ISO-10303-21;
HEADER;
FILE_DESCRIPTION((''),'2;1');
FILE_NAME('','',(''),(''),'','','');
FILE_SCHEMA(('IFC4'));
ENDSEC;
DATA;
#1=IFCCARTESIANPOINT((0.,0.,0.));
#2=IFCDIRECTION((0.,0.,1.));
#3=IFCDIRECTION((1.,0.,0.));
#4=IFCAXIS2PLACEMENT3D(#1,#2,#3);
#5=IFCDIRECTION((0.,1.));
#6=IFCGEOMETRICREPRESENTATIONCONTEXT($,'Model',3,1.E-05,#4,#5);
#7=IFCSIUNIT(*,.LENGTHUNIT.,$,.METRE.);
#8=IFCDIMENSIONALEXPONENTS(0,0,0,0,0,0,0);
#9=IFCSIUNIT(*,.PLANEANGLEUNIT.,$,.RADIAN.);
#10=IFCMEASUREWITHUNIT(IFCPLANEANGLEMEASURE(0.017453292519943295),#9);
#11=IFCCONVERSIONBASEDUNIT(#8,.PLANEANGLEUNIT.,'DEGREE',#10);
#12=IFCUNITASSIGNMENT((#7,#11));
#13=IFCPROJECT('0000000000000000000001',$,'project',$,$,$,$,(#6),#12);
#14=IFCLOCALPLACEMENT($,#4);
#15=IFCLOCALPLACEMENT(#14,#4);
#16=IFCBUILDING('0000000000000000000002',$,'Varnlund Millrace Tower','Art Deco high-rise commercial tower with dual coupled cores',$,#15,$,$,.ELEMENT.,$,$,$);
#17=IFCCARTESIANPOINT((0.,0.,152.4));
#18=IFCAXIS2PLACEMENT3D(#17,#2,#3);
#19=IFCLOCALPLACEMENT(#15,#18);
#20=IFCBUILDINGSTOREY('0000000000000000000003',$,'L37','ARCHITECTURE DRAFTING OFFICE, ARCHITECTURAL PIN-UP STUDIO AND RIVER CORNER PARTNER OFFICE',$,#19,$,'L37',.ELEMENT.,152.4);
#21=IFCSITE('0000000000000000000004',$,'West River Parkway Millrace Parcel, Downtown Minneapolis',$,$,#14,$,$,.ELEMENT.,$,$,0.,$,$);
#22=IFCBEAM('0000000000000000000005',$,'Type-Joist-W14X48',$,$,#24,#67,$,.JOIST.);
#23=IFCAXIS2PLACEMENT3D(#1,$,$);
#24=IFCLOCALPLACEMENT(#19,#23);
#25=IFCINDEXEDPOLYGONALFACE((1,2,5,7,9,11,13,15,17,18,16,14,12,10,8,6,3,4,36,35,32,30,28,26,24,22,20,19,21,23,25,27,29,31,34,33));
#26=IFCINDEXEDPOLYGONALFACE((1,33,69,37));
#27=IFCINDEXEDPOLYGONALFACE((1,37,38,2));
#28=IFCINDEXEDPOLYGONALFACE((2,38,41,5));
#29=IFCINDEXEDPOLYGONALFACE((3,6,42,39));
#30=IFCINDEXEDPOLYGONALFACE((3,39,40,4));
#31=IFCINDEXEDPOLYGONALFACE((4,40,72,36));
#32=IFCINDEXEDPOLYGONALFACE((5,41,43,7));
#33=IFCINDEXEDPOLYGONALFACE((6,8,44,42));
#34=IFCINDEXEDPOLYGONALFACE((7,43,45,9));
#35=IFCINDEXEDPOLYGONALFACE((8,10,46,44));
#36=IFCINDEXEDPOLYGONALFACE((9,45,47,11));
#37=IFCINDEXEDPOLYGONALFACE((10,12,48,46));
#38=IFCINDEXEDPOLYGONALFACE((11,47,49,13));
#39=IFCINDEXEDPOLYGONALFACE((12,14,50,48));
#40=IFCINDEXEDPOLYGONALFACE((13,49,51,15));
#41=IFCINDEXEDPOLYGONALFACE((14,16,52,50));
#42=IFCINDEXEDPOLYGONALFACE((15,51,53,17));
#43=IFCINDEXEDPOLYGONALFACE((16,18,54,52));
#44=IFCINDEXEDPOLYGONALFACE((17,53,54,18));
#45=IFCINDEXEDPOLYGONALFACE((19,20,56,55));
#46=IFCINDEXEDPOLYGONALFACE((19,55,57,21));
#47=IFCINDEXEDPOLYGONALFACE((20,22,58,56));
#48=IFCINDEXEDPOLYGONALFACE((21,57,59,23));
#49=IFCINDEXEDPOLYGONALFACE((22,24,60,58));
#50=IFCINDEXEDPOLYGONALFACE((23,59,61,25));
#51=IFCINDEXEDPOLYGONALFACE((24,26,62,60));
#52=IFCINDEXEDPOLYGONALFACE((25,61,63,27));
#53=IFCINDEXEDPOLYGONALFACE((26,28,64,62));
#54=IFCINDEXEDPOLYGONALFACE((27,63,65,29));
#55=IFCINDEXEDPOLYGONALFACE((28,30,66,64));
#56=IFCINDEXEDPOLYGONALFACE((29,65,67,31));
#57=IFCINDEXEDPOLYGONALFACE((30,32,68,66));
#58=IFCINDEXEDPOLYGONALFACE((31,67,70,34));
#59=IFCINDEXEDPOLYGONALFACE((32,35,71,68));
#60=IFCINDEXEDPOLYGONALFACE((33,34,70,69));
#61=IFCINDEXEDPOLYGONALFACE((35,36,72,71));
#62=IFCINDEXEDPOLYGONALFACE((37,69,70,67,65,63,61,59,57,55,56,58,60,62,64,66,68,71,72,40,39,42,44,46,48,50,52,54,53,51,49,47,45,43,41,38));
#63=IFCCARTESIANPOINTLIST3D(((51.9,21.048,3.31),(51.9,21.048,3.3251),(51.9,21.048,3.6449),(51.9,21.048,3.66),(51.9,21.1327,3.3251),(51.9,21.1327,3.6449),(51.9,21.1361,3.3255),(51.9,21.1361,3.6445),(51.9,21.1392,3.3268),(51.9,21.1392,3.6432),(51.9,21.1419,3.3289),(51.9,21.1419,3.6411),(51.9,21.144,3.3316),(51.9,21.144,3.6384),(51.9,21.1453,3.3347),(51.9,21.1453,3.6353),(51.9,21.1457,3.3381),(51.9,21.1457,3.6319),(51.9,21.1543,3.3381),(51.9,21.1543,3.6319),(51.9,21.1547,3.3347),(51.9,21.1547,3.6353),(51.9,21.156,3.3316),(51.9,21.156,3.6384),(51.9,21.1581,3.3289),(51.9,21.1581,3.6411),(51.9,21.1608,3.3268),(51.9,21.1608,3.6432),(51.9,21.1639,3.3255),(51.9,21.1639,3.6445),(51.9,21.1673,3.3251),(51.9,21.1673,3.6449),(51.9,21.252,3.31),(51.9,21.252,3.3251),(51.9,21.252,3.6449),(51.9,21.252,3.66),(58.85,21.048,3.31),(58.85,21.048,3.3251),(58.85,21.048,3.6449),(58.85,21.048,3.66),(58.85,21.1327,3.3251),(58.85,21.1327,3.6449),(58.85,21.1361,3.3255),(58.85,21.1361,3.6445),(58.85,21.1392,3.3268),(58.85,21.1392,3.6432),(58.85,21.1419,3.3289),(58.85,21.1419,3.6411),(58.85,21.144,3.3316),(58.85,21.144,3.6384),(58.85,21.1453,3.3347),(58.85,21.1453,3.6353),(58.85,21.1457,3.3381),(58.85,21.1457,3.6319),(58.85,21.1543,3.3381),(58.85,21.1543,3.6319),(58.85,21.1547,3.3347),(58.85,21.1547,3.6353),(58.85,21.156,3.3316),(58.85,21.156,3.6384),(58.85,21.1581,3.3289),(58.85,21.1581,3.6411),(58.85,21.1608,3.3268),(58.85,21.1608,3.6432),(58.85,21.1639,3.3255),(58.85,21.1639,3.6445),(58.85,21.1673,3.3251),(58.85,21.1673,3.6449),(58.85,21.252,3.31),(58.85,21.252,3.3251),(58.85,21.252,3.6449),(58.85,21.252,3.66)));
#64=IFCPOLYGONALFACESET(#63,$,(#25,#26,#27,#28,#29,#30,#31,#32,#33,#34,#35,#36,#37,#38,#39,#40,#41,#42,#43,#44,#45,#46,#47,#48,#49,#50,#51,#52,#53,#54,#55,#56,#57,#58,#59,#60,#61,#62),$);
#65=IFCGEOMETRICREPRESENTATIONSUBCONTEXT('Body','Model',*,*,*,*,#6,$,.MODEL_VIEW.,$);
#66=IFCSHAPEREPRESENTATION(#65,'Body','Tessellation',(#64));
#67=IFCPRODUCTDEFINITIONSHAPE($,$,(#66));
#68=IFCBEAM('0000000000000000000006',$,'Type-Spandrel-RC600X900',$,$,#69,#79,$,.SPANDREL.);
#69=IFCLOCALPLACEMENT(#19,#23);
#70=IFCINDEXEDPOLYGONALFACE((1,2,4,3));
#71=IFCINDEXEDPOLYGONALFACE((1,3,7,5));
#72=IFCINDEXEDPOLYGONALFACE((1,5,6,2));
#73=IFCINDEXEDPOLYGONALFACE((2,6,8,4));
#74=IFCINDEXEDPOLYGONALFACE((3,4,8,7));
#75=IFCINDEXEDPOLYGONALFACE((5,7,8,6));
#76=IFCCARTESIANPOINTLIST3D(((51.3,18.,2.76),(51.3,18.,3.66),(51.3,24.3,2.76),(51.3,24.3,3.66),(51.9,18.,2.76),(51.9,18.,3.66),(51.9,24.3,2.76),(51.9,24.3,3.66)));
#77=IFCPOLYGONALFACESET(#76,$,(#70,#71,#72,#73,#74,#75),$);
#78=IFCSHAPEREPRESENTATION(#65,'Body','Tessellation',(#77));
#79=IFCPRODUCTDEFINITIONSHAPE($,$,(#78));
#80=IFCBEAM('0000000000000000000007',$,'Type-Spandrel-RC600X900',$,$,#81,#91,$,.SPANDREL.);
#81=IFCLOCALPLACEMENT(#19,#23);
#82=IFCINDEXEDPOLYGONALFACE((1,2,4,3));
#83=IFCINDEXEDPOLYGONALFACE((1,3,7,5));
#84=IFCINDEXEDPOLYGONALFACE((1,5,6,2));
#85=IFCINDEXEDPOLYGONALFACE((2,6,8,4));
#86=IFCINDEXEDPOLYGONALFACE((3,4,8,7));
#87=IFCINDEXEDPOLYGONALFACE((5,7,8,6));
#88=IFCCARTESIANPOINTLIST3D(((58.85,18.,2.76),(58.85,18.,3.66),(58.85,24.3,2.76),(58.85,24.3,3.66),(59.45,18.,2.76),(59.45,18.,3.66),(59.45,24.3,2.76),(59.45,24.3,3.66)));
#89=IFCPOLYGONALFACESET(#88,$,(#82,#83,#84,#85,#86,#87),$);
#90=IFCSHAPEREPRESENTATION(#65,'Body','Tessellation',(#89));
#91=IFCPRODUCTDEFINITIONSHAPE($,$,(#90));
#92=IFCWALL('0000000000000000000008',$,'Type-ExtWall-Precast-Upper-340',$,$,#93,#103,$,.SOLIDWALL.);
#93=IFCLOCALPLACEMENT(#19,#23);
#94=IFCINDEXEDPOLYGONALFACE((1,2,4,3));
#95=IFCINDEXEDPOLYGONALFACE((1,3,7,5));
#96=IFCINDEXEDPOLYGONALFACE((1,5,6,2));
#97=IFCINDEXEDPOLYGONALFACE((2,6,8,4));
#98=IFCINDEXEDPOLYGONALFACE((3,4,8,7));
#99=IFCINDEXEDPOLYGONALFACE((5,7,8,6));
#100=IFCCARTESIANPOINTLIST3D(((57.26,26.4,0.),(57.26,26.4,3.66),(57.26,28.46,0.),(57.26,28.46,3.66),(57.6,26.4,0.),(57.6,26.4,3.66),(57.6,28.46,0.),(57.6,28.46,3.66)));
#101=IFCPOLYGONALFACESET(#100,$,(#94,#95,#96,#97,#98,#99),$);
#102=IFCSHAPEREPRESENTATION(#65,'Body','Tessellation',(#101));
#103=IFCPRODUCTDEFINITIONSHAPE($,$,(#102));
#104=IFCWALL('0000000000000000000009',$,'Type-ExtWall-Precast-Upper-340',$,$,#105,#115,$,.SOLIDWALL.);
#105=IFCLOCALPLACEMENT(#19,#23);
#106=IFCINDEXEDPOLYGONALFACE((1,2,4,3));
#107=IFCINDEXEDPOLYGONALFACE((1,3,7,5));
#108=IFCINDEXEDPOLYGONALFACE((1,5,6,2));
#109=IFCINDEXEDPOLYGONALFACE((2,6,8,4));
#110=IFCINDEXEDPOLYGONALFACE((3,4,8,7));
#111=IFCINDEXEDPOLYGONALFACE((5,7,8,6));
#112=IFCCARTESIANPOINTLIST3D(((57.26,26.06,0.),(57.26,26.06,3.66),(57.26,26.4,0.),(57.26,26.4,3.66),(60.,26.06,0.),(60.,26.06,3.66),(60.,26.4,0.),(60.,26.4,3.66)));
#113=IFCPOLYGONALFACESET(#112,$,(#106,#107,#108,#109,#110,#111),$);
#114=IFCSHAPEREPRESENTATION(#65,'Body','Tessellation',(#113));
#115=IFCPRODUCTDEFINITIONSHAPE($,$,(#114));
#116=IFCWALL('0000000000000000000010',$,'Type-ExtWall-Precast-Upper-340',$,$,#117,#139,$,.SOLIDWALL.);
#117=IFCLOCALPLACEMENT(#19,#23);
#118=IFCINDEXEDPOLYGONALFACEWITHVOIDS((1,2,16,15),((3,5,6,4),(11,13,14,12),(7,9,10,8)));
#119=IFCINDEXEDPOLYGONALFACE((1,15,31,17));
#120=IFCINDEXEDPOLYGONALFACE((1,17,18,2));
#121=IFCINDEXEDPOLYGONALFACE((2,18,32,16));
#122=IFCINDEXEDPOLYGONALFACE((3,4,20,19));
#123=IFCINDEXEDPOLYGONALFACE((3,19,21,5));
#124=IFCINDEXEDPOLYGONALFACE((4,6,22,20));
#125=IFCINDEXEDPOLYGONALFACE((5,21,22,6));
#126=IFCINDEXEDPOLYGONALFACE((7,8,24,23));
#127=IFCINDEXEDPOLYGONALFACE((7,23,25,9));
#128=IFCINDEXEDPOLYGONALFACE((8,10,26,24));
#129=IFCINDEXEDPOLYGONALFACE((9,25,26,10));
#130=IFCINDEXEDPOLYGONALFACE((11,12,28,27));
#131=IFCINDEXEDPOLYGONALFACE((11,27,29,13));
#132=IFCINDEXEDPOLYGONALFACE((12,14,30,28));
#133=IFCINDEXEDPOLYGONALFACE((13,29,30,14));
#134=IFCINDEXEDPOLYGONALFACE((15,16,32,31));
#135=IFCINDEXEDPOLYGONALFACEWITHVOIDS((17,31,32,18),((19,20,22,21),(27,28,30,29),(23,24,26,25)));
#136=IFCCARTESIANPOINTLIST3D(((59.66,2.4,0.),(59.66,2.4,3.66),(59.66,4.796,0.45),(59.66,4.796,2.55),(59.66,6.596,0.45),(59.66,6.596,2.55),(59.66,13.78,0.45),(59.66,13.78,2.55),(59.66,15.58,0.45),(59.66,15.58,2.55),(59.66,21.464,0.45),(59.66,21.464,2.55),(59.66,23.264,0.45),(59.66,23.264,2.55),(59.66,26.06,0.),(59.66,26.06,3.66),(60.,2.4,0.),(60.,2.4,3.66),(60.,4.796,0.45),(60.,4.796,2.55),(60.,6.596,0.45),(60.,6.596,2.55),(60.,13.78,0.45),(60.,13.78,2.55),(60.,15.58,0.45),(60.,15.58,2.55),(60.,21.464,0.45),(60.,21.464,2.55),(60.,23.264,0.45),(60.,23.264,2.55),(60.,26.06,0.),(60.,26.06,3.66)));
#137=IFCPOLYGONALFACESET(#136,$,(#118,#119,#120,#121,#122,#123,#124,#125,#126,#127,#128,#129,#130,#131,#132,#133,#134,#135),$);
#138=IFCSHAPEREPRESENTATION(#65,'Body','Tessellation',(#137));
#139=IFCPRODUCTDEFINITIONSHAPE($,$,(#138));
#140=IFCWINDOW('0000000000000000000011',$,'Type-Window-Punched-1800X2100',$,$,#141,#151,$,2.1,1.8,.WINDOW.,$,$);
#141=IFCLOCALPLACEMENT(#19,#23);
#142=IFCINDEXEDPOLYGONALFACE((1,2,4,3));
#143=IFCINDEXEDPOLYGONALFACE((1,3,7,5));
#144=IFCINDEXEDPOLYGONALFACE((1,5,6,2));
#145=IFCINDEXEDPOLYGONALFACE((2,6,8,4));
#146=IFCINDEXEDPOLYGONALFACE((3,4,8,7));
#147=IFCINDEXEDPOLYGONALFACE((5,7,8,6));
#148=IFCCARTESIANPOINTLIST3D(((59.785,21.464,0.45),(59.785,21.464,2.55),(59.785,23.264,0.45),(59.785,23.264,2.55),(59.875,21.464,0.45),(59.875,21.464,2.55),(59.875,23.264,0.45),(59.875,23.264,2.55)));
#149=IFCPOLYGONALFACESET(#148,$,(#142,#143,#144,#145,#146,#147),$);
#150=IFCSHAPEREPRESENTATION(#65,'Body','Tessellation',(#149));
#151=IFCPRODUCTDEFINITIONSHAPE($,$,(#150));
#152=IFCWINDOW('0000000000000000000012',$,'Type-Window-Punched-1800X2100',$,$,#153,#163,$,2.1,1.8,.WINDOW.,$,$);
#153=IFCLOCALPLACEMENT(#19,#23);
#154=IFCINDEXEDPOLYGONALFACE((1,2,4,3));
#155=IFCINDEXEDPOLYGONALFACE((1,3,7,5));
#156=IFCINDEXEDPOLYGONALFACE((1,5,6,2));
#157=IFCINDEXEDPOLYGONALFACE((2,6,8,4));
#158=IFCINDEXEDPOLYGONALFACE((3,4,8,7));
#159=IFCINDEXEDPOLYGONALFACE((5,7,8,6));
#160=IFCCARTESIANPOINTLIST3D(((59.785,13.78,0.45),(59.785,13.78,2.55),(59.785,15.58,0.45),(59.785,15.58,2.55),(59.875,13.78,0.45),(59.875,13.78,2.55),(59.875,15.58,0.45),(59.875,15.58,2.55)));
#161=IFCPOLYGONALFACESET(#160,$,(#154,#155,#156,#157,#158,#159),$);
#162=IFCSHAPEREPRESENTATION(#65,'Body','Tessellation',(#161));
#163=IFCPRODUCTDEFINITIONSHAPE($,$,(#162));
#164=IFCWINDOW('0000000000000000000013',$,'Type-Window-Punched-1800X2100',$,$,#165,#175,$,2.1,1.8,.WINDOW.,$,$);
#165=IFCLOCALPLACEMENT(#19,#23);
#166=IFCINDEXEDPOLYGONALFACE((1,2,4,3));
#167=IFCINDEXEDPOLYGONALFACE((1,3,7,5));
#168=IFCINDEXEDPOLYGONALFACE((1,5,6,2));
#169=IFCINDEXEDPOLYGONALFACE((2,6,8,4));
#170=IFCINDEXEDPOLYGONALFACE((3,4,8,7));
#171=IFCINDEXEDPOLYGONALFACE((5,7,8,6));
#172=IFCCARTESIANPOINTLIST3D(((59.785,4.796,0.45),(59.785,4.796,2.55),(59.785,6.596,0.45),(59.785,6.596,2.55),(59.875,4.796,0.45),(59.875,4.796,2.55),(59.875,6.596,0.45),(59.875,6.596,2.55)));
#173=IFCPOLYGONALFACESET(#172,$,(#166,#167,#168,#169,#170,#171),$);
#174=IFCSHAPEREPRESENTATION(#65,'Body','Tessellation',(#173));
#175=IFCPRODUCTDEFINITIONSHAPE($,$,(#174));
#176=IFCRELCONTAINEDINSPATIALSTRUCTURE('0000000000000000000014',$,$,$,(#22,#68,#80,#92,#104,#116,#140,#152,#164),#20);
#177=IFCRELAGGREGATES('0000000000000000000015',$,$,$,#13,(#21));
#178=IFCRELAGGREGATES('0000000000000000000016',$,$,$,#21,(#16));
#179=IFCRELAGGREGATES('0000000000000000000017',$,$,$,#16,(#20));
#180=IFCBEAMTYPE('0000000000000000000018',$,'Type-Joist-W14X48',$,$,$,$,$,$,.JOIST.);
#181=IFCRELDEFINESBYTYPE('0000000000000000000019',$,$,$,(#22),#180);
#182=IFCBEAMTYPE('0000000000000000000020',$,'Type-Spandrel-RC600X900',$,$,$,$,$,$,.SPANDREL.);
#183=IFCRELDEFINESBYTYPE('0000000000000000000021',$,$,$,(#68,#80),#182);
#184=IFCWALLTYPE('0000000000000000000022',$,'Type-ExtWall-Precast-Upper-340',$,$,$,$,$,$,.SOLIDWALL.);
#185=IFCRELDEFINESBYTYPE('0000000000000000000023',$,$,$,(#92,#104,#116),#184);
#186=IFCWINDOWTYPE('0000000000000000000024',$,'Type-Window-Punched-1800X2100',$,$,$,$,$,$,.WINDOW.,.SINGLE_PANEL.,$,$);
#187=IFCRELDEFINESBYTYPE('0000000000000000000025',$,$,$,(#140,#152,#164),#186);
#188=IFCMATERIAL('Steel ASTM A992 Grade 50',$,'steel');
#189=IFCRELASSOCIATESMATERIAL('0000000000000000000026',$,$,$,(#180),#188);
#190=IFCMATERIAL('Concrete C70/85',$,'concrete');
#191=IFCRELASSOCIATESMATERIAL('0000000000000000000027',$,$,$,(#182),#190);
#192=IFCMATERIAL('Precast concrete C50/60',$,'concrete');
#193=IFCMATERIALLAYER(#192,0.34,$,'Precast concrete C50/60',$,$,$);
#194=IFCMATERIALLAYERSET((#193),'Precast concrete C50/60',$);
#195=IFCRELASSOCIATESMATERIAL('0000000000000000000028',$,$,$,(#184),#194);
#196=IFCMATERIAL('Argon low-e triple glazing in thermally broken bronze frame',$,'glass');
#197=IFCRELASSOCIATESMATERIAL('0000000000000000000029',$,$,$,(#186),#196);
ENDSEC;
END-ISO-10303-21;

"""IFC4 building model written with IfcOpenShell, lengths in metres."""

from ifc_helpers import new_model, entity, si_unit, converted_unit, direction, frame, origin_with_axes, origin_2d_with_axis, place, context, subcontext, project, spatial, polyline, rectangle, i_section, outline, extrude, material, layer, layer_set, material_profile, profile_set, type_object, element, fill, save


model = new_model("IFC4")

# Units and contexts
model_context = context("Model", 3, precision=1e-05, world=origin_with_axes(), true_north=direction((0.0, 1.0)))
body_context = subcontext(model_context, "Body", "Model", "MODEL_VIEW")
ifc_project = project(units=[si_unit("LENGTHUNIT", "METRE"), converted_unit("PLANEANGLEUNIT", "DEGREE", entity("IfcPlaneAngleMeasure", 0.017453292519943295), si_unit("PLANEANGLEUNIT", "RADIAN"), dimensions=[0, 0, 0, 0, 0, 0, 0])], contexts=[model_context])

# Site, building, storey
site_placement = place(None, origin_with_axes())
site = spatial("IfcSite", under=ifc_project, at=site_placement, Name="West River Parkway Millrace Parcel, Downtown Minneapolis", CompositionType="ELEMENT", RefElevation=0.0)
building_placement = place(site_placement, origin_with_axes())
building = spatial("IfcBuilding", under=site, at=building_placement, Name="Varnlund Millrace Tower", Description="Art Deco high-rise commercial tower with dual coupled cores", CompositionType="ELEMENT")
storey_placement = place(building_placement, frame((0.0, 0.0, 152.4), z_axis=(0.0, 0.0, 1.0), x_axis=(1.0, 0.0, 0.0)))
storey = spatial("IfcBuildingStorey", under=building, at=storey_placement, Name="L37", Description="ARCHITECTURE DRAFTING OFFICE, ARCHITECTURAL PIN-UP STUDIO AND RIVER CORNER PARTNER OFFICE", LongName="L37", CompositionType="ELEMENT", Elevation=152.4)

# Beams
ifc_material_1 = material(Name="Steel ASTM A992 Grade 50", Category="steel")
ifc_material_profile_1 = material_profile(ifc_material_1, i_section(OverallWidth=0.204, OverallDepth=0.35, WebThickness=0.0086, FlangeThickness=0.0151, FilletRadius=0.013, at=origin_2d_with_axis()), Name="Steel ASTM A992 Grade 50")
ifc_profile_set_1 = profile_set([ifc_material_profile_1], Name="Steel ASTM A992 Grade 50")
beam_type_1 = type_object("IfcBeamType", Name="Type-Joist-W14X48", PredefinedType="JOIST", material=ifc_profile_set_1)
for number, where, z_axis, x_axis, name in (
    (1, (51.9, 21.15, 3.485), (1.0, 0.0, 0.0), (0.0, 1.0, 0.0), "Type-Joist-W14X48"),
):
    element("IfcBeam", number, at=place(storey_placement, frame(where, z_axis=z_axis, x_axis=x_axis)), inside=storey, type_object=beam_type_1, Name=name, PredefinedType="JOIST", context=body_context, shape_type="SweptSolid", body=[
        extrude(i_section(OverallWidth=0.204, OverallDepth=0.35, WebThickness=0.0086, FlangeThickness=0.0151, FilletRadius=0.013, at=origin_2d_with_axis()), origin_with_axes(), (0.0, 0.0, 1.0), 6.95),
    ])
ifc_material_2 = material(Name="Concrete C70/85", Category="concrete")
ifc_material_profile_2 = material_profile(ifc_material_2, rectangle(XDim=0.6, YDim=0.9, at=origin_2d_with_axis()), Name="Concrete C70/85")
ifc_profile_set_2 = profile_set([ifc_material_profile_2], Name="Concrete C70/85")
beam_type_2 = type_object("IfcBeamType", Name="Type-Spandrel-RC600X900", PredefinedType="SPANDREL", material=ifc_profile_set_2)
for number, where, z_axis, x_axis, name in (
    (2, (51.6, 18.0, 3.21), (0.0, 1.0, 0.0), (-1.0, 0.0, 0.0), "Type-Spandrel-RC600X900"),
    (3, (59.15, 18.0, 3.21), (0.0, 1.0, 0.0), (-1.0, 0.0, 0.0), "Type-Spandrel-RC600X900"),
):
    element("IfcBeam", number, at=place(storey_placement, frame(where, z_axis=z_axis, x_axis=x_axis)), inside=storey, type_object=beam_type_2, Name=name, PredefinedType="SPANDREL", context=body_context, shape_type="SweptSolid", body=[
        extrude(rectangle(XDim=0.6, YDim=0.9, at=origin_2d_with_axis()), origin_with_axes(), (0.0, 0.0, 1.0), 6.3),
    ])

# Walls
ifc_material_3 = material(Name="Precast concrete C50/60", Category="concrete")
ifc_layer_1 = layer(ifc_material_3, 0.34, Name="Precast concrete C50/60")
ifc_layer_set_1 = layer_set([ifc_layer_1], Name="Precast concrete C50/60")
wall_type_1 = type_object("IfcWallType", Name="Type-ExtWall-Precast-Upper-340", PredefinedType="SOLIDWALL", material=ifc_layer_set_1)
wall_1_placement = place(storey_placement, frame((57.43, 28.46, 0.0), z_axis=(0.0, 0.0, 1.0), x_axis=(0.0, -1.0, 0.0)))
element("IfcWall", 4, at=wall_1_placement, inside=storey, type_object=wall_type_1, Name="Type-ExtWall-Precast-Upper-340", PredefinedType="SOLIDWALL", context=body_context, shape_type="SweptSolid", body=[
    extrude(outline(polyline([(0.0, -0.17), (2.06, -0.17), (2.06, 0.17), (0.0, 0.17), (0.0, -0.17)])), origin_with_axes(), (0.0, 0.0, 1.0), 3.66),
])
wall_2_placement = place(storey_placement, frame((57.26, 26.23, 0.0), z_axis=(0.0, 0.0, 1.0), x_axis=(1.0, 0.0, 0.0)))
element("IfcWall", 5, at=wall_2_placement, inside=storey, type_object=wall_type_1, Name="Type-ExtWall-Precast-Upper-340", PredefinedType="SOLIDWALL", context=body_context, shape_type="SweptSolid", body=[
    extrude(outline(polyline([(0.0, -0.17), (2.74, -0.17), (2.74, 0.17), (0.0, 0.17), (0.0, -0.17)])), origin_with_axes(), (0.0, 0.0, 1.0), 3.66),
])

# Wall, openings, windows
wall_3_placement = place(storey_placement, frame((59.83, 26.06, 0.0), z_axis=(0.0, 0.0, 1.0), x_axis=(0.0, -1.0, 0.0)))
wall_3 = element("IfcWall", 6, at=wall_3_placement, inside=storey, type_object=wall_type_1, Name="Type-ExtWall-Precast-Upper-340", PredefinedType="SOLIDWALL", context=body_context, shape_type="SweptSolid", body=[
    extrude(outline(polyline([(0.0, -0.17), (23.66, -0.17), (23.66, 0.17), (0.0, 0.17), (0.0, -0.17)])), origin_with_axes(), (0.0, 0.0, 1.0), 3.66),
])
opening_1_placement = place(wall_3_placement, frame((3.696, 0.0, 0.45), z_axis=(0.0, 0.0, 1.0), x_axis=(1.0, 0.0, 0.0)))
opening_1 = element("IfcOpeningElement", 7, at=opening_1_placement, cuts=wall_3, PredefinedType="OPENING", context=body_context, shape_type="SweptSolid", body=[
    extrude(rectangle(XDim=1.8, YDim=0.36, at=origin_2d_with_axis()), origin_with_axes(), (0.0, 0.0, 1.0), 2.1),
])
opening_2_placement = place(wall_3_placement, frame((11.38, 0.0, 0.45), z_axis=(0.0, 0.0, 1.0), x_axis=(1.0, 0.0, 0.0)))
opening_2 = element("IfcOpeningElement", 8, at=opening_2_placement, cuts=wall_3, PredefinedType="OPENING", context=body_context, shape_type="SweptSolid", body=[
    extrude(rectangle(XDim=1.8, YDim=0.36, at=origin_2d_with_axis()), origin_with_axes(), (0.0, 0.0, 1.0), 2.1),
])
opening_3_placement = place(wall_3_placement, frame((20.364, 0.0, 0.45), z_axis=(0.0, 0.0, 1.0), x_axis=(1.0, 0.0, 0.0)))
opening_3 = element("IfcOpeningElement", 9, at=opening_3_placement, cuts=wall_3, PredefinedType="OPENING", context=body_context, shape_type="SweptSolid", body=[
    extrude(rectangle(XDim=1.8, YDim=0.36, at=origin_2d_with_axis()), origin_with_axes(), (0.0, 0.0, 1.0), 2.1),
])
ifc_material_4 = material(Name="Argon low-e triple glazing in thermally broken bronze frame", Category="glass")
window_type = type_object("IfcWindowType", Name="Type-Window-Punched-1800X2100", PartitioningType="SINGLE_PANEL", PredefinedType="WINDOW", material=ifc_material_4)
window_1_placement = place(wall_3_placement, frame((3.696, 0.0, 0.45), z_axis=(0.0, 0.0, 1.0), x_axis=(1.0, 0.0, 0.0)))
window_1 = element("IfcWindow", 10, at=window_1_placement, inside=storey, type_object=window_type, Name="Type-Window-Punched-1800X2100", OverallHeight=2.1, OverallWidth=1.8, PredefinedType="WINDOW", context=body_context, shape_type="SweptSolid", body=[
    extrude(rectangle(XDim=1.8, YDim=0.09, at=origin_2d_with_axis()), origin_with_axes(), (0.0, 0.0, 1.0), 2.1),
])
fill(opening_1, window_1)
window_2_placement = place(wall_3_placement, frame((11.38, 0.0, 0.45), z_axis=(0.0, 0.0, 1.0), x_axis=(1.0, 0.0, 0.0)))
window_2 = element("IfcWindow", 11, at=window_2_placement, inside=storey, type_object=window_type, Name="Type-Window-Punched-1800X2100", OverallHeight=2.1, OverallWidth=1.8, PredefinedType="WINDOW", context=body_context, shape_type="SweptSolid", body=[
    extrude(rectangle(XDim=1.8, YDim=0.09, at=origin_2d_with_axis()), origin_with_axes(), (0.0, 0.0, 1.0), 2.1),
])
fill(opening_2, window_2)
window_3_placement = place(wall_3_placement, frame((20.364, 0.0, 0.45), z_axis=(0.0, 0.0, 1.0), x_axis=(1.0, 0.0, 0.0)))
window_3 = element("IfcWindow", 12, at=window_3_placement, inside=storey, type_object=window_type, Name="Type-Window-Punched-1800X2100", OverallHeight=2.1, OverallWidth=1.8, PredefinedType="WINDOW", context=body_context, shape_type="SweptSolid", body=[
    extrude(rectangle(XDim=1.8, YDim=0.09, at=origin_2d_with_axis()), origin_with_axes(), (0.0, 0.0, 1.0), 2.1),
])
fill(opening_3, window_3)

save(model, "model.ifc")
